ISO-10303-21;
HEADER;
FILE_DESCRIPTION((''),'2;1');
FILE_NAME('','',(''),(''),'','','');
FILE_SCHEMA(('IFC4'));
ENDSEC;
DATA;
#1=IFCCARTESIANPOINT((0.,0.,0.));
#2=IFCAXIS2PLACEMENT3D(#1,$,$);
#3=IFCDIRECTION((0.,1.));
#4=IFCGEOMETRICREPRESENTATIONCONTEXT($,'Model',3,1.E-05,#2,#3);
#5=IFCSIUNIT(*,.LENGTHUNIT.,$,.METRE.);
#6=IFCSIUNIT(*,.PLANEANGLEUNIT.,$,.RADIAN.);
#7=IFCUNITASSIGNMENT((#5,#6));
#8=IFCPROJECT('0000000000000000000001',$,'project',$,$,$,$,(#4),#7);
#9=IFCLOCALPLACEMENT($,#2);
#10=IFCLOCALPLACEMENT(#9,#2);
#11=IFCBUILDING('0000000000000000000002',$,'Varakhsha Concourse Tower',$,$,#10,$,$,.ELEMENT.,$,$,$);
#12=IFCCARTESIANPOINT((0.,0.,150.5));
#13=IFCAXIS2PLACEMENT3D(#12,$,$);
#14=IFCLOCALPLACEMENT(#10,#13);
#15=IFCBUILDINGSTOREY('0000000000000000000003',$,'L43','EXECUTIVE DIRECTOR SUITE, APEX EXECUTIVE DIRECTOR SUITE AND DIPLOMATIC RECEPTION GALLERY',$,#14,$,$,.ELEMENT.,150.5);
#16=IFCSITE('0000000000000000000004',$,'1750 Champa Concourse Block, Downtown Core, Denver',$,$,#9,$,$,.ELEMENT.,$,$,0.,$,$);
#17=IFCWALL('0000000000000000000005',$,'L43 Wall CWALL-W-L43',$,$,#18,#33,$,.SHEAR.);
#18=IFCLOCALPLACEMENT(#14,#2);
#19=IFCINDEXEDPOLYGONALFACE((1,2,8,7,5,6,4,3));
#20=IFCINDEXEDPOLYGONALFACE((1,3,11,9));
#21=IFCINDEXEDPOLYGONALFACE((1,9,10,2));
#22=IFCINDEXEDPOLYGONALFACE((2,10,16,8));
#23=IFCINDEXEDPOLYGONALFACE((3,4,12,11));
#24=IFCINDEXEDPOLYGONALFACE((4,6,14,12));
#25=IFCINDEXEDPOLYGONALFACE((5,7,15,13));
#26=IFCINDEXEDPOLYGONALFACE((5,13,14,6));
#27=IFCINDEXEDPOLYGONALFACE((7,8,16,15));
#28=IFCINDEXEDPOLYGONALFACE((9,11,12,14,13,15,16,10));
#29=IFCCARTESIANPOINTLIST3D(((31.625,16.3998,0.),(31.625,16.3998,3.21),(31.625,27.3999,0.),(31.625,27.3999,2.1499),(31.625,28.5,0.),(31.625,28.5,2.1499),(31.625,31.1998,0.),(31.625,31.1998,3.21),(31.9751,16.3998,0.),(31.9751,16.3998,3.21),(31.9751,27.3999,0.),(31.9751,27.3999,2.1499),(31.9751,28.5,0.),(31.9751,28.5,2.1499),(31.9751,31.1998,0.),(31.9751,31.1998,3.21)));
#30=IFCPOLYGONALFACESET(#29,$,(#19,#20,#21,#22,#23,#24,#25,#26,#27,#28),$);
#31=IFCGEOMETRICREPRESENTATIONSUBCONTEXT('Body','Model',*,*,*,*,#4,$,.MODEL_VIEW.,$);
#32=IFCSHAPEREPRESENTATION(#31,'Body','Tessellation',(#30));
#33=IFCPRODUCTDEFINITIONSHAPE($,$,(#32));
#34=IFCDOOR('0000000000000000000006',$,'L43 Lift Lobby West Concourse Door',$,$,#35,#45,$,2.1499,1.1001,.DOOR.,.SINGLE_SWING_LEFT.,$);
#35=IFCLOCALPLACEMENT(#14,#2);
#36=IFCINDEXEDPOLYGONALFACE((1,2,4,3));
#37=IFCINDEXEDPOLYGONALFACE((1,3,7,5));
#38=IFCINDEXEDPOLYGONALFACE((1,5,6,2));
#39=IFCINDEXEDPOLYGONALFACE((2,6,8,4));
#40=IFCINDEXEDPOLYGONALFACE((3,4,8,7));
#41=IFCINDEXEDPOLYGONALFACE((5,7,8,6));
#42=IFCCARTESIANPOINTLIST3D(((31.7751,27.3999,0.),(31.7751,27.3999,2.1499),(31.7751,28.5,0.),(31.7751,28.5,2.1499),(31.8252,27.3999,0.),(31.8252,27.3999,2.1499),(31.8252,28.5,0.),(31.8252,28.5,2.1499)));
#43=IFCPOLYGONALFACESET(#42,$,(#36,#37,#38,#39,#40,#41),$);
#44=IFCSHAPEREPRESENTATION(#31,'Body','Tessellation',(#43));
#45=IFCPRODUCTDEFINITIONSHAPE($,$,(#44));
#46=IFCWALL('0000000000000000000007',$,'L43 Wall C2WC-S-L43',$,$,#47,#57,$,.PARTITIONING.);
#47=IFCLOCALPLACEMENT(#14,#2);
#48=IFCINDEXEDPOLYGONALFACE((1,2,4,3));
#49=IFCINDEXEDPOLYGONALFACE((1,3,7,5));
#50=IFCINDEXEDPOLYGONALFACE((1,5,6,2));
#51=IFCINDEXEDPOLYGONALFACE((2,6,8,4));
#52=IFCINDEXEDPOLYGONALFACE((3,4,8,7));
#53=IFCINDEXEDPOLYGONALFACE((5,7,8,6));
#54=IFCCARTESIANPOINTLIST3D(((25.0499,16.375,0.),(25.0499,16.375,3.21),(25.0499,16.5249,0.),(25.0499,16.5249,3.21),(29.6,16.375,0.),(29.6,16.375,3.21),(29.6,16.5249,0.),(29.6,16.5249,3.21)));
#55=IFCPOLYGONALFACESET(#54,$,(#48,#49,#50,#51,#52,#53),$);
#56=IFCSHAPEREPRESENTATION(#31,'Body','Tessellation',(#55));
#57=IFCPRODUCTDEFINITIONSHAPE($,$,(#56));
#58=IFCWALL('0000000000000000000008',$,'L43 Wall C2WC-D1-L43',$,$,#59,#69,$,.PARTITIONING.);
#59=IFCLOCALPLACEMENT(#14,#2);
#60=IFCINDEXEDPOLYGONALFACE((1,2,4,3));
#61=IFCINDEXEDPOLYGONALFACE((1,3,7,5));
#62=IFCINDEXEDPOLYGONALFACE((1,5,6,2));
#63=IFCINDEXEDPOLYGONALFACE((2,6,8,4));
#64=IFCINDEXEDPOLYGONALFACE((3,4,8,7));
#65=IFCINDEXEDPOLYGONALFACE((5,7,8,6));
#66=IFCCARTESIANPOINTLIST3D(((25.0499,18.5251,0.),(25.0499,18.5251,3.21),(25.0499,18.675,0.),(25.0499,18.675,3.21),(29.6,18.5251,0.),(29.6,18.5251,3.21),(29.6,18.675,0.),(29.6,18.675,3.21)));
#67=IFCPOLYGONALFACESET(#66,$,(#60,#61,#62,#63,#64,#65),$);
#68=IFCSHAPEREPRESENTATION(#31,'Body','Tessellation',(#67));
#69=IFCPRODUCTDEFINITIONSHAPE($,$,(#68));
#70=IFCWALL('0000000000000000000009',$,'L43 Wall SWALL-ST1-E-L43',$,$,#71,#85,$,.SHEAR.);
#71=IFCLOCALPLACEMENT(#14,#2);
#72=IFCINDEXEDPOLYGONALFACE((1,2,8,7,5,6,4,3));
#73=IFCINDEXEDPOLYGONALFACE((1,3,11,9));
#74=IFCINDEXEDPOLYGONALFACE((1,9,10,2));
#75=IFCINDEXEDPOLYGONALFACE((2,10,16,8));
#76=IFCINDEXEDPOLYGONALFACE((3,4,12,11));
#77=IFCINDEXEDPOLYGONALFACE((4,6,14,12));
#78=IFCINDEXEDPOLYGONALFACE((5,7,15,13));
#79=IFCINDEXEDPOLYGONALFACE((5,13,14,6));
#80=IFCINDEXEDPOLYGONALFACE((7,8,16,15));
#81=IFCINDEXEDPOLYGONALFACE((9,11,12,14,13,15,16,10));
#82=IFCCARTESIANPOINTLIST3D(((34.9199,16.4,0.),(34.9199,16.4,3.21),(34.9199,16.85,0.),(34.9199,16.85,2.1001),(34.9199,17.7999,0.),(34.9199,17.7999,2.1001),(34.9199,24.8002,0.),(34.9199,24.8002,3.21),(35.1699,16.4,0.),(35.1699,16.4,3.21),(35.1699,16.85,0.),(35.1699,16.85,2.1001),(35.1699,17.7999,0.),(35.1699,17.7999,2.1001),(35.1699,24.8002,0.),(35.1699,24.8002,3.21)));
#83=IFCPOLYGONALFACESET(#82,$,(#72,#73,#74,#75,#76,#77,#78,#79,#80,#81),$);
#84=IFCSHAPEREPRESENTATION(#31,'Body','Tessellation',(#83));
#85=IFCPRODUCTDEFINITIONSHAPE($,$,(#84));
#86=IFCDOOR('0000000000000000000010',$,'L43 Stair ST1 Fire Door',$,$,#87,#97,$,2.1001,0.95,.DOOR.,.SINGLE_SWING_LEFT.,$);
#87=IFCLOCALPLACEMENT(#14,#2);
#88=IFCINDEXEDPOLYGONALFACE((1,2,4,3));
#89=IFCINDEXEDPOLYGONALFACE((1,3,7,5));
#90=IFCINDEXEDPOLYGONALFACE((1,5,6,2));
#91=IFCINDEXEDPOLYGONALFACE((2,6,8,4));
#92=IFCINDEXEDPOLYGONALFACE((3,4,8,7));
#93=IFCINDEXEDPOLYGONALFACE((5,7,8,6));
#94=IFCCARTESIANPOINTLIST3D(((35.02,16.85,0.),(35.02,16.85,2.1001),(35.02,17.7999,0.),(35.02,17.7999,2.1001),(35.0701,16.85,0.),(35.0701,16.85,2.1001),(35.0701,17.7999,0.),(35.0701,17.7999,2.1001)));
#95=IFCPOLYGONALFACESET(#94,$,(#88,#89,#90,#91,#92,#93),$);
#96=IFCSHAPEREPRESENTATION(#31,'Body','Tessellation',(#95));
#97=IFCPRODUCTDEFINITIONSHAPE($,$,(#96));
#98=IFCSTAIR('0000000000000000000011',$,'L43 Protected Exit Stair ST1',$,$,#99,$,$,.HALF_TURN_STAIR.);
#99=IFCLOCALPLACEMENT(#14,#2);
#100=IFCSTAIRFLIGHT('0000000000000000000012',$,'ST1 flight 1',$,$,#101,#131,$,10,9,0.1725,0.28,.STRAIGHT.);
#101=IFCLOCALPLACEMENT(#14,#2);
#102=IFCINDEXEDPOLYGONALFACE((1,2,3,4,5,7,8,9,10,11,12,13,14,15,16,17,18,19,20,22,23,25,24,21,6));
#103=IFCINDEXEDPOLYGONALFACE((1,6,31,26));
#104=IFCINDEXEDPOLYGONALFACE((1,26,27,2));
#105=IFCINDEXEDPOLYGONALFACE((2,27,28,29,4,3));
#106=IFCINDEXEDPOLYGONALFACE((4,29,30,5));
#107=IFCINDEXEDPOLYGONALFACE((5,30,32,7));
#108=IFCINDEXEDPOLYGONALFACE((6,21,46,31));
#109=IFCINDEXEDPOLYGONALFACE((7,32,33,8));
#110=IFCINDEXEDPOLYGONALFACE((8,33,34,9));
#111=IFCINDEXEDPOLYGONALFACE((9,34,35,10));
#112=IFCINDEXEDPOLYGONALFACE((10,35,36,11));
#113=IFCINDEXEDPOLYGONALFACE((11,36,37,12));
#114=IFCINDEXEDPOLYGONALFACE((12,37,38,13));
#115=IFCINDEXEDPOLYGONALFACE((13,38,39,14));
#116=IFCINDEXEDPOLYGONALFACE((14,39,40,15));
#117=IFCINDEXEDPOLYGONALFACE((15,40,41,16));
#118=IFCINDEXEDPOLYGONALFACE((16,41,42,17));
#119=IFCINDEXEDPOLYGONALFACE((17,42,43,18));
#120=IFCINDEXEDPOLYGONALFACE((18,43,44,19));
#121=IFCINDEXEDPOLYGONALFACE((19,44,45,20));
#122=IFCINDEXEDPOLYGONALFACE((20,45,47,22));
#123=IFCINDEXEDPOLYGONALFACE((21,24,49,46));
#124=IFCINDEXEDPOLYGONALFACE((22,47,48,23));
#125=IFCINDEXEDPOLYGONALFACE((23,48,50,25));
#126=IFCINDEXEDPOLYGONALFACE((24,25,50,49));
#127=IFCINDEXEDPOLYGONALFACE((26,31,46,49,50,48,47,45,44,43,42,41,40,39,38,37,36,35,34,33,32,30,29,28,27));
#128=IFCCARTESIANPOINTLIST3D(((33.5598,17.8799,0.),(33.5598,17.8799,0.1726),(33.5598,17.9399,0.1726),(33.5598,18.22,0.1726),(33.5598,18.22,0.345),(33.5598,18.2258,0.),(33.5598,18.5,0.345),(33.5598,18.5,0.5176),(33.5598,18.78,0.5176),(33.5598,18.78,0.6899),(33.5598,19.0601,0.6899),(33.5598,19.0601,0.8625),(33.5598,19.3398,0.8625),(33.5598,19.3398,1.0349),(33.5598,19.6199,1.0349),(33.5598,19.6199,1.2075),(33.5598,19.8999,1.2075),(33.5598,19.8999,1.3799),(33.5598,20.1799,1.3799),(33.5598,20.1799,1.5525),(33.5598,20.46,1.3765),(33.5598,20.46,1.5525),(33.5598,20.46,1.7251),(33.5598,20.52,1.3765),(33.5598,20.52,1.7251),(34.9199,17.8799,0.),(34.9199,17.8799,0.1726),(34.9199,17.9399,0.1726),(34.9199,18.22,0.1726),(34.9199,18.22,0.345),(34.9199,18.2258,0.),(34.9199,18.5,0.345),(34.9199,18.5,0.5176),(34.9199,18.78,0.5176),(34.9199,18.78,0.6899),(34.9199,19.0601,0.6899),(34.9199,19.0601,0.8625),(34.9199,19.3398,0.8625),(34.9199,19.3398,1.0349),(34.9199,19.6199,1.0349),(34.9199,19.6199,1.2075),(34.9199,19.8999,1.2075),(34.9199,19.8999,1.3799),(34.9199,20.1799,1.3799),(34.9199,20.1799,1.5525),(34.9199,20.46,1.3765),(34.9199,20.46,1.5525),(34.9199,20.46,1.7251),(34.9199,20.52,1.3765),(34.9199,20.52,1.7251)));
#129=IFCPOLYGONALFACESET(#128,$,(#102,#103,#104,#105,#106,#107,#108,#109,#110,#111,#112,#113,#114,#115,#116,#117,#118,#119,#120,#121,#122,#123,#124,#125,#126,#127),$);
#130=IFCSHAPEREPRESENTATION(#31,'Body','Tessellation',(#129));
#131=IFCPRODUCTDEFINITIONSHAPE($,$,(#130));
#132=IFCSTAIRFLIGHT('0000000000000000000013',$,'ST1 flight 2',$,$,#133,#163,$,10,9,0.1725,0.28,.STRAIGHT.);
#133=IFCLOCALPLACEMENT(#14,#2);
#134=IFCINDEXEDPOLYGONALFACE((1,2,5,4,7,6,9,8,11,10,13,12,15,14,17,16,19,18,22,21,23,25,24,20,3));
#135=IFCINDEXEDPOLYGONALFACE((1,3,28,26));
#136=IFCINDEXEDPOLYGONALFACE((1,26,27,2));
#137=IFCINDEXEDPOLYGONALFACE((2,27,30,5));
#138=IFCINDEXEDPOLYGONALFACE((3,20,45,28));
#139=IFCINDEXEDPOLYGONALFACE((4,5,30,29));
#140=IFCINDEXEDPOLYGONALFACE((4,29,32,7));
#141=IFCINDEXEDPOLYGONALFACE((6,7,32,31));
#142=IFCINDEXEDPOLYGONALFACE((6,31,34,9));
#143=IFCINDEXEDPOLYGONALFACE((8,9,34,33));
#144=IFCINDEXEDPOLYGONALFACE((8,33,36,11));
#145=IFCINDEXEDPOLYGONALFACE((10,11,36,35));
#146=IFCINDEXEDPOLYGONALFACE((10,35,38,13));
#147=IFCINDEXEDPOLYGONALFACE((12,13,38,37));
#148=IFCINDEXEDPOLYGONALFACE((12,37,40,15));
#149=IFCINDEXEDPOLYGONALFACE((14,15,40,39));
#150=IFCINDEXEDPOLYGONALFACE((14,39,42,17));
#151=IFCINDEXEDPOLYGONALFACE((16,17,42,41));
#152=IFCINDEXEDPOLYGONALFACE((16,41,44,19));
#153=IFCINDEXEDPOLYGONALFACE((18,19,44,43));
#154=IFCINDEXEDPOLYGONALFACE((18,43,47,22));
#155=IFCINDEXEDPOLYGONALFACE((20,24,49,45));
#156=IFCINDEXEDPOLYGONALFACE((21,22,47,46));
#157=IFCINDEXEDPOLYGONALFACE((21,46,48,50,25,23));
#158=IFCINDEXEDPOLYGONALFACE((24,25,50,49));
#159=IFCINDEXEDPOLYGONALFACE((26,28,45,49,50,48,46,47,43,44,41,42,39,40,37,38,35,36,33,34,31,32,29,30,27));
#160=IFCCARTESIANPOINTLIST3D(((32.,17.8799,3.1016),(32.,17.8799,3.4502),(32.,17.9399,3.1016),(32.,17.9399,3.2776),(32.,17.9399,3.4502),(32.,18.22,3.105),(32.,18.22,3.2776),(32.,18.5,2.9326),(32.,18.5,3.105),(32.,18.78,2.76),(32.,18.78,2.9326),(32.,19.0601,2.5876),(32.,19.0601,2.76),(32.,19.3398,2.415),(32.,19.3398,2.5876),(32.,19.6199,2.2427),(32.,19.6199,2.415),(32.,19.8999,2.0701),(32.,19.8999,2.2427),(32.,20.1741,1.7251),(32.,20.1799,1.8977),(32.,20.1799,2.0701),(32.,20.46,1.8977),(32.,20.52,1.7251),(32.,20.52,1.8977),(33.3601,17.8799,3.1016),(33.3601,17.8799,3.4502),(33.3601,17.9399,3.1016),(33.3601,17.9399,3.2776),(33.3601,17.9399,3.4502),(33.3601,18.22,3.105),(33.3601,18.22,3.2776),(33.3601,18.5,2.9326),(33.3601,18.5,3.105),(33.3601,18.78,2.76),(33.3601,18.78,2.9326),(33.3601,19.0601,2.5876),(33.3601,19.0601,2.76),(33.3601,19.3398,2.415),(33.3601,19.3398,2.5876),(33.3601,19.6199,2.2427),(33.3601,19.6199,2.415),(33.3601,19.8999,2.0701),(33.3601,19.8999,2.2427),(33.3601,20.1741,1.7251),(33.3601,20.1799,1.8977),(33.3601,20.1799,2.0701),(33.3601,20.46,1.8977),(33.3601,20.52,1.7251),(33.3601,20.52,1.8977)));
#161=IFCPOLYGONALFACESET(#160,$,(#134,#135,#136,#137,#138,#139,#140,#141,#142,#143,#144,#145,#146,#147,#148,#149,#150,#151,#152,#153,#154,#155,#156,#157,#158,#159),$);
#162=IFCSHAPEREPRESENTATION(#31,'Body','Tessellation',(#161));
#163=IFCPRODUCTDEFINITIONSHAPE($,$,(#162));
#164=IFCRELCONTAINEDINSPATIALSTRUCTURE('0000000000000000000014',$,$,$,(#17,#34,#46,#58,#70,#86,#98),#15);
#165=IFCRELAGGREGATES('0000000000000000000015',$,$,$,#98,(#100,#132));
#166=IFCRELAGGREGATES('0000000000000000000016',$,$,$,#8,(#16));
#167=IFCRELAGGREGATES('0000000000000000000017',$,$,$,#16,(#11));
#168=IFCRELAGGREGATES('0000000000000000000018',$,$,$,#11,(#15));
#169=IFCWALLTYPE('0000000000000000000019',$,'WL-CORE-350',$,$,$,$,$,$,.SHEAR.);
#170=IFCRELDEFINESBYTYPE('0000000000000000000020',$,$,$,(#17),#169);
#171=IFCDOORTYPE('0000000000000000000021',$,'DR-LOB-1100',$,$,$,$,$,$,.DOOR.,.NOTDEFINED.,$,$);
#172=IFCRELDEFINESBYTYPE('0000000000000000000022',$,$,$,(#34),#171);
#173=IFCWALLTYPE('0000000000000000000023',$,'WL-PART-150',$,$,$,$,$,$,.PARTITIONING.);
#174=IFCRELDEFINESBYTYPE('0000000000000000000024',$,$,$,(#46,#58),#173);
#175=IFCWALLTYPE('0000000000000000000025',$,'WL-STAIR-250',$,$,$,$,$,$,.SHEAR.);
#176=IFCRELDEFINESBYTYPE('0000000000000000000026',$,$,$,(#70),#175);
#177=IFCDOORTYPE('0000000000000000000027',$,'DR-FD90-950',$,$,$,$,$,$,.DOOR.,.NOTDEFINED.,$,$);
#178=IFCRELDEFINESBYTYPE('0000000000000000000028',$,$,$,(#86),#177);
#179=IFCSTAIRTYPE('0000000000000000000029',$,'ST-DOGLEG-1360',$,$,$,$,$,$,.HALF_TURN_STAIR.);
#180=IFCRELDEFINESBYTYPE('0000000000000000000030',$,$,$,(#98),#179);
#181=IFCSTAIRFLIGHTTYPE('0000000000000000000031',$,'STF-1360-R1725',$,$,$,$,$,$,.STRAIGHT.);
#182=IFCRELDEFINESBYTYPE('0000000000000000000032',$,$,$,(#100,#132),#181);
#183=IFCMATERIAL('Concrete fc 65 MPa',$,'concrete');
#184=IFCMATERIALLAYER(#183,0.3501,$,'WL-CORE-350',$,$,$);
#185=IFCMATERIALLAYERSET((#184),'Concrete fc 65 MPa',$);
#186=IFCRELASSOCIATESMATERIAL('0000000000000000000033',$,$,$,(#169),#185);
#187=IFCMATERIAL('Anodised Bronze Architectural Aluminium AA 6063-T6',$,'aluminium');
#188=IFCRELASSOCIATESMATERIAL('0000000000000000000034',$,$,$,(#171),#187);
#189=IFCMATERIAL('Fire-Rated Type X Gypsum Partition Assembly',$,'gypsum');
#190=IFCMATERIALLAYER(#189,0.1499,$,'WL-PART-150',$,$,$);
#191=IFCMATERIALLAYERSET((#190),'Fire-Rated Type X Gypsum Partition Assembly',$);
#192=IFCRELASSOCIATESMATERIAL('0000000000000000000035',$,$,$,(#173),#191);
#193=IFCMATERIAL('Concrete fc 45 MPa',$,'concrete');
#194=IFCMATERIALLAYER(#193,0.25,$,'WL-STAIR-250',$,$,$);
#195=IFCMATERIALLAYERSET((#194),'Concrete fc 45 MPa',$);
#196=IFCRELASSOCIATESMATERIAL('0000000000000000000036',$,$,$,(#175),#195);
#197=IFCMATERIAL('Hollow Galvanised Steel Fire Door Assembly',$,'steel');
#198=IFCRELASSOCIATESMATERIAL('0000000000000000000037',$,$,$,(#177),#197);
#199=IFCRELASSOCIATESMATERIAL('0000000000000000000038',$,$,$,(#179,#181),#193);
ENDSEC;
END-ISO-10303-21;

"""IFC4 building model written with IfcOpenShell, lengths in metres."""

from ifc_helpers import new_model, si_unit, direction, frame, frame_2d, origin, place, context, subcontext, project, spatial, polyline, rectangle, outline, extrude, material, layer, layer_set, type_object, element, fill, aggregate, save


model = new_model("IFC4")

# Units and contexts
model_context = context("Model", 3, precision=1e-05, world=origin(), true_north=direction((0.0, 1.0)))
body_context = subcontext(model_context, "Body", "Model", "MODEL_VIEW")
ifc_project = project(units=[si_unit("LENGTHUNIT", "METRE"), si_unit("PLANEANGLEUNIT", "RADIAN")], contexts=[model_context])

# Site, building, storey
site_placement = place(None, origin())
site = spatial("IfcSite", under=ifc_project, at=site_placement, Name="1750 Champa Concourse Block, Downtown Core, Denver", CompositionType="ELEMENT", RefElevation=0.0)
building_placement = place(site_placement, origin())
building = spatial("IfcBuilding", under=site, at=building_placement, Name="Varakhsha Concourse Tower", CompositionType="ELEMENT")
storey_placement = place(building_placement, frame((0.0, 0.0, 150.5)))
storey = spatial("IfcBuildingStorey", under=building, at=storey_placement, Name="L43", Description="EXECUTIVE DIRECTOR SUITE, APEX EXECUTIVE DIRECTOR SUITE AND DIPLOMATIC RECEPTION GALLERY", CompositionType="ELEMENT", Elevation=150.5)

# Shared definitions
ifc_material_1 = material(Name="Concrete fc 65 MPa", Category="concrete")

# Shared definitions
ifc_layer_1 = layer(ifc_material_1, 0.3501, Name="WL-CORE-350")
ifc_layer_set_1 = layer_set([ifc_layer_1], Name="Concrete fc 65 MPa")
wall_type_1 = type_object("IfcWallType", Name="WL-CORE-350", PredefinedType="SHEAR", material=ifc_layer_set_1)
ifc_material_2 = material(Name="Hollow Galvanised Steel Fire Door Assembly", Category="steel")

# Wall, opening, door
wall_1_placement = place(storey_placement, frame((31.8, 16.3999, 0.0), z_axis=(0.0, 0.0, 1.0), x_axis=(0.0, 1.0, 0.0)))
wall_1 = element("IfcWall", 1, at=wall_1_placement, inside=storey, type_object=wall_type_1, Name="L43 Wall CWALL-W-L43", PredefinedType="SHEAR", context=body_context, shape_type="SweptSolid", body=[
    extrude(rectangle(XDim=14.8, YDim=0.3501, at=frame_2d((7.3999, 0.0))), origin(), (0.0, 0.0, 1.0), 3.21),
])
opening_1_placement = place(wall_1_placement, frame((11.0, 0.0, 0.0)))
opening_1 = element("IfcOpeningElement", 2, at=opening_1_placement, cuts=wall_1, PredefinedType="OPENING", context=body_context, shape_type="SweptSolid", body=[
    extrude(rectangle(XDim=1.1001, YDim=2.1499, at=frame_2d((0.55, 1.075))), frame((0.0, 0.1851, 0.0), z_axis=(0.0, -1.0, 0.0), x_axis=(1.0, 0.0, 0.0)), (0.0, 0.0, 1.0), 0.3701),
])
ifc_material_3 = material(Name="Anodised Bronze Architectural Aluminium AA 6063-T6", Category="aluminium")
door_type_1 = type_object("IfcDoorType", Name="DR-LOB-1100", OperationType="NOTDEFINED", PredefinedType="DOOR", material=ifc_material_3)
door_1_placement = place(opening_1_placement, origin())
door_1 = element("IfcDoor", 3, at=door_1_placement, inside=storey, type_object=door_type_1, Name="L43 Lift Lobby West Concourse Door", OperationType="SINGLE_SWING_LEFT", OverallHeight=2.1499, OverallWidth=1.1001, PredefinedType="DOOR", context=body_context, shape_type="SweptSolid", body=[
    extrude(rectangle(XDim=1.1001, YDim=2.1499, at=frame_2d((0.55, 1.075))), frame((0.0, 0.0249, 0.0), z_axis=(0.0, -1.0, 0.0), x_axis=(1.0, 0.0, 0.0)), (0.0, 0.0, 1.0), 0.05),
])
fill(opening_1, door_1)

# Walls
ifc_material_4 = material(Name="Fire-Rated Type X Gypsum Partition Assembly", Category="gypsum")
ifc_layer_2 = layer(ifc_material_4, 0.1499, Name="WL-PART-150")
ifc_layer_set_2 = layer_set([ifc_layer_2], Name="Fire-Rated Type X Gypsum Partition Assembly")
wall_type_2 = type_object("IfcWallType", Name="WL-PART-150", PredefinedType="PARTITIONING", material=ifc_layer_set_2)
for number, where, z_axis, x_axis, name in (
    (4, (25.05, 16.45, 0.0), (0.0, 0.0, 1.0), (1.0, 0.0, 0.0), "L43 Wall C2WC-S-L43"),
    (5, (25.05, 18.6001, 0.0), (0.0, 0.0, 1.0), (1.0, 0.0, 0.0), "L43 Wall C2WC-D1-L43"),
):
    element("IfcWall", number, at=place(storey_placement, frame(where, z_axis=z_axis, x_axis=x_axis)), inside=storey, type_object=wall_type_2, Name=name, PredefinedType="PARTITIONING", context=body_context, shape_type="SweptSolid", body=[
        extrude(rectangle(XDim=4.55, YDim=0.1499, at=frame_2d((2.2749, 0.0))), origin(), (0.0, 0.0, 1.0), 3.21),
    ])

# Wall, opening, door
ifc_material_5 = material(Name="Concrete fc 45 MPa", Category="concrete")
ifc_layer_3 = layer(ifc_material_5, 0.25, Name="WL-STAIR-250")
ifc_layer_set_3 = layer_set([ifc_layer_3], Name="Concrete fc 45 MPa")
wall_type_3 = type_object("IfcWallType", Name="WL-STAIR-250", PredefinedType="SHEAR", material=ifc_layer_set_3)
wall_2_placement = place(storey_placement, frame((35.0449, 16.3999, 0.0), z_axis=(0.0, 0.0, 1.0), x_axis=(0.0, 1.0, 0.0)))
wall_2 = element("IfcWall", 6, at=wall_2_placement, inside=storey, type_object=wall_type_3, Name="L43 Wall SWALL-ST1-E-L43", PredefinedType="SHEAR", context=body_context, shape_type="SweptSolid", body=[
    extrude(rectangle(XDim=8.4001, YDim=0.25, at=frame_2d((4.2002, 0.0))), origin(), (0.0, 0.0, 1.0), 3.21),
])
opening_2_placement = place(wall_2_placement, frame((0.45, 0.0, 0.0)))
opening_2 = element("IfcOpeningElement", 7, at=opening_2_placement, cuts=wall_2, PredefinedType="OPENING", context=body_context, shape_type="SweptSolid", body=[
    extrude(rectangle(XDim=0.95, YDim=2.1001, at=frame_2d((0.4751, 1.05))), frame((0.0, 0.135, 0.0), z_axis=(0.0, -1.0, 0.0), x_axis=(1.0, 0.0, 0.0)), (0.0, 0.0, 1.0), 0.27),
])
door_type_2 = type_object("IfcDoorType", Name="DR-FD90-950", OperationType="NOTDEFINED", PredefinedType="DOOR", material=ifc_material_2)
door_2_placement = place(opening_2_placement, origin())
door_2 = element("IfcDoor", 8, at=door_2_placement, inside=storey, type_object=door_type_2, Name="L43 Stair ST1 Fire Door", OperationType="SINGLE_SWING_LEFT", OverallHeight=2.1001, OverallWidth=0.95, PredefinedType="DOOR", context=body_context, shape_type="SweptSolid", body=[
    extrude(rectangle(XDim=0.95, YDim=2.1001, at=frame_2d((0.4751, 1.05))), frame((0.0, 0.0249, 0.0), z_axis=(0.0, -1.0, 0.0), x_axis=(1.0, 0.0, 0.0)), (0.0, 0.0, 1.0), 0.05),
])
fill(opening_2, door_2)

# Stair, stair flights
stair_type = type_object("IfcStairType", Name="ST-DOGLEG-1360", PredefinedType="HALF_TURN_STAIR", material=ifc_material_5)
stair_placement = place(storey_placement, origin())
stair = element("IfcStair", 9, at=stair_placement, inside=storey, type_object=stair_type, Name="L43 Protected Exit Stair ST1", PredefinedType="HALF_TURN_STAIR")
stair_flight_type = type_object("IfcStairFlightType", Name="STF-1360-R1725", PredefinedType="STRAIGHT", material=ifc_material_5)
stair_flight_1_placement = place(storey_placement, frame((34.24, 17.9399, 0.0), z_axis=(0.0, 0.0, 1.0), x_axis=(0.0, 1.0, 0.0)))
stair_flight_1 = element("IfcStairFlight", 10, at=stair_flight_1_placement, type_object=stair_flight_type, Name="ST1 flight 1", NumberOfRisers=10, NumberOfTreads=9, PredefinedType="STRAIGHT", RiserHeight=0.1725, TreadLength=0.28, context=body_context, shape_type="SweptSolid", body=[
    extrude(outline(polyline([(-0.0601, 0.0), (-0.0601, 0.1726), (0.0, 0.1726), (0.28, 0.1726), (0.28, 0.345), (0.5601, 0.345), (0.5601, 0.5176), (0.8401, 0.5176), (0.8401, 0.6899), (1.1201, 0.6899), (1.1201, 0.8625), (1.3999, 0.8625), (1.3999, 1.0349), (1.6799, 1.0349), (1.6799, 1.2075), (1.96, 1.2075), (1.96, 1.3799), (2.24, 1.3799), (2.24, 1.5525), (2.52, 1.5525), (2.52, 1.7251), (2.5801, 1.7251), (2.5801, 1.3765), (2.52, 1.3765), (0.2859, 0.0), (-0.0601, 0.0)])), frame((0.0, 0.6802, 0.0), z_axis=(0.0, -1.0, 0.0), x_axis=(1.0, 0.0, 0.0)), (0.0, 0.0, 1.0), 1.3601),
])
stair_flight_2_placement = place(storey_placement, frame((32.6799, 20.46, 1.7251), z_axis=(0.0, 0.0, 1.0), x_axis=(0.0, -1.0, 0.0)))
stair_flight_2 = element("IfcStairFlight", 11, at=stair_flight_2_placement, type_object=stair_flight_type, Name="ST1 flight 2", NumberOfRisers=10, NumberOfTreads=9, PredefinedType="STRAIGHT", RiserHeight=0.1725, TreadLength=0.28, context=body_context, shape_type="SweptSolid", body=[
    extrude(outline(polyline([(-0.0601, 0.0), (-0.0601, 0.1726), (0.0, 0.1726), (0.28, 0.1726), (0.28, 0.345), (0.5601, 0.345), (0.5601, 0.5176), (0.8401, 0.5176), (0.8401, 0.6899), (1.1201, 0.6899), (1.1201, 0.8625), (1.3999, 0.8625), (1.3999, 1.0349), (1.6799, 1.0349), (1.6799, 1.2075), (1.96, 1.2075), (1.96, 1.3799), (2.24, 1.3799), (2.24, 1.5525), (2.52, 1.5525), (2.52, 1.7251), (2.5801, 1.7251), (2.5801, 1.3765), (2.52, 1.3765), (0.2859, 0.0), (-0.0601, 0.0)])), frame((0.0, 0.6802, 0.0), z_axis=(0.0, -1.0, 0.0), x_axis=(1.0, 0.0, 0.0)), (0.0, 0.0, 1.0), 1.3601),
])
aggregate(stair, [stair_flight_1, stair_flight_2])

save(model, "model.ifc")
